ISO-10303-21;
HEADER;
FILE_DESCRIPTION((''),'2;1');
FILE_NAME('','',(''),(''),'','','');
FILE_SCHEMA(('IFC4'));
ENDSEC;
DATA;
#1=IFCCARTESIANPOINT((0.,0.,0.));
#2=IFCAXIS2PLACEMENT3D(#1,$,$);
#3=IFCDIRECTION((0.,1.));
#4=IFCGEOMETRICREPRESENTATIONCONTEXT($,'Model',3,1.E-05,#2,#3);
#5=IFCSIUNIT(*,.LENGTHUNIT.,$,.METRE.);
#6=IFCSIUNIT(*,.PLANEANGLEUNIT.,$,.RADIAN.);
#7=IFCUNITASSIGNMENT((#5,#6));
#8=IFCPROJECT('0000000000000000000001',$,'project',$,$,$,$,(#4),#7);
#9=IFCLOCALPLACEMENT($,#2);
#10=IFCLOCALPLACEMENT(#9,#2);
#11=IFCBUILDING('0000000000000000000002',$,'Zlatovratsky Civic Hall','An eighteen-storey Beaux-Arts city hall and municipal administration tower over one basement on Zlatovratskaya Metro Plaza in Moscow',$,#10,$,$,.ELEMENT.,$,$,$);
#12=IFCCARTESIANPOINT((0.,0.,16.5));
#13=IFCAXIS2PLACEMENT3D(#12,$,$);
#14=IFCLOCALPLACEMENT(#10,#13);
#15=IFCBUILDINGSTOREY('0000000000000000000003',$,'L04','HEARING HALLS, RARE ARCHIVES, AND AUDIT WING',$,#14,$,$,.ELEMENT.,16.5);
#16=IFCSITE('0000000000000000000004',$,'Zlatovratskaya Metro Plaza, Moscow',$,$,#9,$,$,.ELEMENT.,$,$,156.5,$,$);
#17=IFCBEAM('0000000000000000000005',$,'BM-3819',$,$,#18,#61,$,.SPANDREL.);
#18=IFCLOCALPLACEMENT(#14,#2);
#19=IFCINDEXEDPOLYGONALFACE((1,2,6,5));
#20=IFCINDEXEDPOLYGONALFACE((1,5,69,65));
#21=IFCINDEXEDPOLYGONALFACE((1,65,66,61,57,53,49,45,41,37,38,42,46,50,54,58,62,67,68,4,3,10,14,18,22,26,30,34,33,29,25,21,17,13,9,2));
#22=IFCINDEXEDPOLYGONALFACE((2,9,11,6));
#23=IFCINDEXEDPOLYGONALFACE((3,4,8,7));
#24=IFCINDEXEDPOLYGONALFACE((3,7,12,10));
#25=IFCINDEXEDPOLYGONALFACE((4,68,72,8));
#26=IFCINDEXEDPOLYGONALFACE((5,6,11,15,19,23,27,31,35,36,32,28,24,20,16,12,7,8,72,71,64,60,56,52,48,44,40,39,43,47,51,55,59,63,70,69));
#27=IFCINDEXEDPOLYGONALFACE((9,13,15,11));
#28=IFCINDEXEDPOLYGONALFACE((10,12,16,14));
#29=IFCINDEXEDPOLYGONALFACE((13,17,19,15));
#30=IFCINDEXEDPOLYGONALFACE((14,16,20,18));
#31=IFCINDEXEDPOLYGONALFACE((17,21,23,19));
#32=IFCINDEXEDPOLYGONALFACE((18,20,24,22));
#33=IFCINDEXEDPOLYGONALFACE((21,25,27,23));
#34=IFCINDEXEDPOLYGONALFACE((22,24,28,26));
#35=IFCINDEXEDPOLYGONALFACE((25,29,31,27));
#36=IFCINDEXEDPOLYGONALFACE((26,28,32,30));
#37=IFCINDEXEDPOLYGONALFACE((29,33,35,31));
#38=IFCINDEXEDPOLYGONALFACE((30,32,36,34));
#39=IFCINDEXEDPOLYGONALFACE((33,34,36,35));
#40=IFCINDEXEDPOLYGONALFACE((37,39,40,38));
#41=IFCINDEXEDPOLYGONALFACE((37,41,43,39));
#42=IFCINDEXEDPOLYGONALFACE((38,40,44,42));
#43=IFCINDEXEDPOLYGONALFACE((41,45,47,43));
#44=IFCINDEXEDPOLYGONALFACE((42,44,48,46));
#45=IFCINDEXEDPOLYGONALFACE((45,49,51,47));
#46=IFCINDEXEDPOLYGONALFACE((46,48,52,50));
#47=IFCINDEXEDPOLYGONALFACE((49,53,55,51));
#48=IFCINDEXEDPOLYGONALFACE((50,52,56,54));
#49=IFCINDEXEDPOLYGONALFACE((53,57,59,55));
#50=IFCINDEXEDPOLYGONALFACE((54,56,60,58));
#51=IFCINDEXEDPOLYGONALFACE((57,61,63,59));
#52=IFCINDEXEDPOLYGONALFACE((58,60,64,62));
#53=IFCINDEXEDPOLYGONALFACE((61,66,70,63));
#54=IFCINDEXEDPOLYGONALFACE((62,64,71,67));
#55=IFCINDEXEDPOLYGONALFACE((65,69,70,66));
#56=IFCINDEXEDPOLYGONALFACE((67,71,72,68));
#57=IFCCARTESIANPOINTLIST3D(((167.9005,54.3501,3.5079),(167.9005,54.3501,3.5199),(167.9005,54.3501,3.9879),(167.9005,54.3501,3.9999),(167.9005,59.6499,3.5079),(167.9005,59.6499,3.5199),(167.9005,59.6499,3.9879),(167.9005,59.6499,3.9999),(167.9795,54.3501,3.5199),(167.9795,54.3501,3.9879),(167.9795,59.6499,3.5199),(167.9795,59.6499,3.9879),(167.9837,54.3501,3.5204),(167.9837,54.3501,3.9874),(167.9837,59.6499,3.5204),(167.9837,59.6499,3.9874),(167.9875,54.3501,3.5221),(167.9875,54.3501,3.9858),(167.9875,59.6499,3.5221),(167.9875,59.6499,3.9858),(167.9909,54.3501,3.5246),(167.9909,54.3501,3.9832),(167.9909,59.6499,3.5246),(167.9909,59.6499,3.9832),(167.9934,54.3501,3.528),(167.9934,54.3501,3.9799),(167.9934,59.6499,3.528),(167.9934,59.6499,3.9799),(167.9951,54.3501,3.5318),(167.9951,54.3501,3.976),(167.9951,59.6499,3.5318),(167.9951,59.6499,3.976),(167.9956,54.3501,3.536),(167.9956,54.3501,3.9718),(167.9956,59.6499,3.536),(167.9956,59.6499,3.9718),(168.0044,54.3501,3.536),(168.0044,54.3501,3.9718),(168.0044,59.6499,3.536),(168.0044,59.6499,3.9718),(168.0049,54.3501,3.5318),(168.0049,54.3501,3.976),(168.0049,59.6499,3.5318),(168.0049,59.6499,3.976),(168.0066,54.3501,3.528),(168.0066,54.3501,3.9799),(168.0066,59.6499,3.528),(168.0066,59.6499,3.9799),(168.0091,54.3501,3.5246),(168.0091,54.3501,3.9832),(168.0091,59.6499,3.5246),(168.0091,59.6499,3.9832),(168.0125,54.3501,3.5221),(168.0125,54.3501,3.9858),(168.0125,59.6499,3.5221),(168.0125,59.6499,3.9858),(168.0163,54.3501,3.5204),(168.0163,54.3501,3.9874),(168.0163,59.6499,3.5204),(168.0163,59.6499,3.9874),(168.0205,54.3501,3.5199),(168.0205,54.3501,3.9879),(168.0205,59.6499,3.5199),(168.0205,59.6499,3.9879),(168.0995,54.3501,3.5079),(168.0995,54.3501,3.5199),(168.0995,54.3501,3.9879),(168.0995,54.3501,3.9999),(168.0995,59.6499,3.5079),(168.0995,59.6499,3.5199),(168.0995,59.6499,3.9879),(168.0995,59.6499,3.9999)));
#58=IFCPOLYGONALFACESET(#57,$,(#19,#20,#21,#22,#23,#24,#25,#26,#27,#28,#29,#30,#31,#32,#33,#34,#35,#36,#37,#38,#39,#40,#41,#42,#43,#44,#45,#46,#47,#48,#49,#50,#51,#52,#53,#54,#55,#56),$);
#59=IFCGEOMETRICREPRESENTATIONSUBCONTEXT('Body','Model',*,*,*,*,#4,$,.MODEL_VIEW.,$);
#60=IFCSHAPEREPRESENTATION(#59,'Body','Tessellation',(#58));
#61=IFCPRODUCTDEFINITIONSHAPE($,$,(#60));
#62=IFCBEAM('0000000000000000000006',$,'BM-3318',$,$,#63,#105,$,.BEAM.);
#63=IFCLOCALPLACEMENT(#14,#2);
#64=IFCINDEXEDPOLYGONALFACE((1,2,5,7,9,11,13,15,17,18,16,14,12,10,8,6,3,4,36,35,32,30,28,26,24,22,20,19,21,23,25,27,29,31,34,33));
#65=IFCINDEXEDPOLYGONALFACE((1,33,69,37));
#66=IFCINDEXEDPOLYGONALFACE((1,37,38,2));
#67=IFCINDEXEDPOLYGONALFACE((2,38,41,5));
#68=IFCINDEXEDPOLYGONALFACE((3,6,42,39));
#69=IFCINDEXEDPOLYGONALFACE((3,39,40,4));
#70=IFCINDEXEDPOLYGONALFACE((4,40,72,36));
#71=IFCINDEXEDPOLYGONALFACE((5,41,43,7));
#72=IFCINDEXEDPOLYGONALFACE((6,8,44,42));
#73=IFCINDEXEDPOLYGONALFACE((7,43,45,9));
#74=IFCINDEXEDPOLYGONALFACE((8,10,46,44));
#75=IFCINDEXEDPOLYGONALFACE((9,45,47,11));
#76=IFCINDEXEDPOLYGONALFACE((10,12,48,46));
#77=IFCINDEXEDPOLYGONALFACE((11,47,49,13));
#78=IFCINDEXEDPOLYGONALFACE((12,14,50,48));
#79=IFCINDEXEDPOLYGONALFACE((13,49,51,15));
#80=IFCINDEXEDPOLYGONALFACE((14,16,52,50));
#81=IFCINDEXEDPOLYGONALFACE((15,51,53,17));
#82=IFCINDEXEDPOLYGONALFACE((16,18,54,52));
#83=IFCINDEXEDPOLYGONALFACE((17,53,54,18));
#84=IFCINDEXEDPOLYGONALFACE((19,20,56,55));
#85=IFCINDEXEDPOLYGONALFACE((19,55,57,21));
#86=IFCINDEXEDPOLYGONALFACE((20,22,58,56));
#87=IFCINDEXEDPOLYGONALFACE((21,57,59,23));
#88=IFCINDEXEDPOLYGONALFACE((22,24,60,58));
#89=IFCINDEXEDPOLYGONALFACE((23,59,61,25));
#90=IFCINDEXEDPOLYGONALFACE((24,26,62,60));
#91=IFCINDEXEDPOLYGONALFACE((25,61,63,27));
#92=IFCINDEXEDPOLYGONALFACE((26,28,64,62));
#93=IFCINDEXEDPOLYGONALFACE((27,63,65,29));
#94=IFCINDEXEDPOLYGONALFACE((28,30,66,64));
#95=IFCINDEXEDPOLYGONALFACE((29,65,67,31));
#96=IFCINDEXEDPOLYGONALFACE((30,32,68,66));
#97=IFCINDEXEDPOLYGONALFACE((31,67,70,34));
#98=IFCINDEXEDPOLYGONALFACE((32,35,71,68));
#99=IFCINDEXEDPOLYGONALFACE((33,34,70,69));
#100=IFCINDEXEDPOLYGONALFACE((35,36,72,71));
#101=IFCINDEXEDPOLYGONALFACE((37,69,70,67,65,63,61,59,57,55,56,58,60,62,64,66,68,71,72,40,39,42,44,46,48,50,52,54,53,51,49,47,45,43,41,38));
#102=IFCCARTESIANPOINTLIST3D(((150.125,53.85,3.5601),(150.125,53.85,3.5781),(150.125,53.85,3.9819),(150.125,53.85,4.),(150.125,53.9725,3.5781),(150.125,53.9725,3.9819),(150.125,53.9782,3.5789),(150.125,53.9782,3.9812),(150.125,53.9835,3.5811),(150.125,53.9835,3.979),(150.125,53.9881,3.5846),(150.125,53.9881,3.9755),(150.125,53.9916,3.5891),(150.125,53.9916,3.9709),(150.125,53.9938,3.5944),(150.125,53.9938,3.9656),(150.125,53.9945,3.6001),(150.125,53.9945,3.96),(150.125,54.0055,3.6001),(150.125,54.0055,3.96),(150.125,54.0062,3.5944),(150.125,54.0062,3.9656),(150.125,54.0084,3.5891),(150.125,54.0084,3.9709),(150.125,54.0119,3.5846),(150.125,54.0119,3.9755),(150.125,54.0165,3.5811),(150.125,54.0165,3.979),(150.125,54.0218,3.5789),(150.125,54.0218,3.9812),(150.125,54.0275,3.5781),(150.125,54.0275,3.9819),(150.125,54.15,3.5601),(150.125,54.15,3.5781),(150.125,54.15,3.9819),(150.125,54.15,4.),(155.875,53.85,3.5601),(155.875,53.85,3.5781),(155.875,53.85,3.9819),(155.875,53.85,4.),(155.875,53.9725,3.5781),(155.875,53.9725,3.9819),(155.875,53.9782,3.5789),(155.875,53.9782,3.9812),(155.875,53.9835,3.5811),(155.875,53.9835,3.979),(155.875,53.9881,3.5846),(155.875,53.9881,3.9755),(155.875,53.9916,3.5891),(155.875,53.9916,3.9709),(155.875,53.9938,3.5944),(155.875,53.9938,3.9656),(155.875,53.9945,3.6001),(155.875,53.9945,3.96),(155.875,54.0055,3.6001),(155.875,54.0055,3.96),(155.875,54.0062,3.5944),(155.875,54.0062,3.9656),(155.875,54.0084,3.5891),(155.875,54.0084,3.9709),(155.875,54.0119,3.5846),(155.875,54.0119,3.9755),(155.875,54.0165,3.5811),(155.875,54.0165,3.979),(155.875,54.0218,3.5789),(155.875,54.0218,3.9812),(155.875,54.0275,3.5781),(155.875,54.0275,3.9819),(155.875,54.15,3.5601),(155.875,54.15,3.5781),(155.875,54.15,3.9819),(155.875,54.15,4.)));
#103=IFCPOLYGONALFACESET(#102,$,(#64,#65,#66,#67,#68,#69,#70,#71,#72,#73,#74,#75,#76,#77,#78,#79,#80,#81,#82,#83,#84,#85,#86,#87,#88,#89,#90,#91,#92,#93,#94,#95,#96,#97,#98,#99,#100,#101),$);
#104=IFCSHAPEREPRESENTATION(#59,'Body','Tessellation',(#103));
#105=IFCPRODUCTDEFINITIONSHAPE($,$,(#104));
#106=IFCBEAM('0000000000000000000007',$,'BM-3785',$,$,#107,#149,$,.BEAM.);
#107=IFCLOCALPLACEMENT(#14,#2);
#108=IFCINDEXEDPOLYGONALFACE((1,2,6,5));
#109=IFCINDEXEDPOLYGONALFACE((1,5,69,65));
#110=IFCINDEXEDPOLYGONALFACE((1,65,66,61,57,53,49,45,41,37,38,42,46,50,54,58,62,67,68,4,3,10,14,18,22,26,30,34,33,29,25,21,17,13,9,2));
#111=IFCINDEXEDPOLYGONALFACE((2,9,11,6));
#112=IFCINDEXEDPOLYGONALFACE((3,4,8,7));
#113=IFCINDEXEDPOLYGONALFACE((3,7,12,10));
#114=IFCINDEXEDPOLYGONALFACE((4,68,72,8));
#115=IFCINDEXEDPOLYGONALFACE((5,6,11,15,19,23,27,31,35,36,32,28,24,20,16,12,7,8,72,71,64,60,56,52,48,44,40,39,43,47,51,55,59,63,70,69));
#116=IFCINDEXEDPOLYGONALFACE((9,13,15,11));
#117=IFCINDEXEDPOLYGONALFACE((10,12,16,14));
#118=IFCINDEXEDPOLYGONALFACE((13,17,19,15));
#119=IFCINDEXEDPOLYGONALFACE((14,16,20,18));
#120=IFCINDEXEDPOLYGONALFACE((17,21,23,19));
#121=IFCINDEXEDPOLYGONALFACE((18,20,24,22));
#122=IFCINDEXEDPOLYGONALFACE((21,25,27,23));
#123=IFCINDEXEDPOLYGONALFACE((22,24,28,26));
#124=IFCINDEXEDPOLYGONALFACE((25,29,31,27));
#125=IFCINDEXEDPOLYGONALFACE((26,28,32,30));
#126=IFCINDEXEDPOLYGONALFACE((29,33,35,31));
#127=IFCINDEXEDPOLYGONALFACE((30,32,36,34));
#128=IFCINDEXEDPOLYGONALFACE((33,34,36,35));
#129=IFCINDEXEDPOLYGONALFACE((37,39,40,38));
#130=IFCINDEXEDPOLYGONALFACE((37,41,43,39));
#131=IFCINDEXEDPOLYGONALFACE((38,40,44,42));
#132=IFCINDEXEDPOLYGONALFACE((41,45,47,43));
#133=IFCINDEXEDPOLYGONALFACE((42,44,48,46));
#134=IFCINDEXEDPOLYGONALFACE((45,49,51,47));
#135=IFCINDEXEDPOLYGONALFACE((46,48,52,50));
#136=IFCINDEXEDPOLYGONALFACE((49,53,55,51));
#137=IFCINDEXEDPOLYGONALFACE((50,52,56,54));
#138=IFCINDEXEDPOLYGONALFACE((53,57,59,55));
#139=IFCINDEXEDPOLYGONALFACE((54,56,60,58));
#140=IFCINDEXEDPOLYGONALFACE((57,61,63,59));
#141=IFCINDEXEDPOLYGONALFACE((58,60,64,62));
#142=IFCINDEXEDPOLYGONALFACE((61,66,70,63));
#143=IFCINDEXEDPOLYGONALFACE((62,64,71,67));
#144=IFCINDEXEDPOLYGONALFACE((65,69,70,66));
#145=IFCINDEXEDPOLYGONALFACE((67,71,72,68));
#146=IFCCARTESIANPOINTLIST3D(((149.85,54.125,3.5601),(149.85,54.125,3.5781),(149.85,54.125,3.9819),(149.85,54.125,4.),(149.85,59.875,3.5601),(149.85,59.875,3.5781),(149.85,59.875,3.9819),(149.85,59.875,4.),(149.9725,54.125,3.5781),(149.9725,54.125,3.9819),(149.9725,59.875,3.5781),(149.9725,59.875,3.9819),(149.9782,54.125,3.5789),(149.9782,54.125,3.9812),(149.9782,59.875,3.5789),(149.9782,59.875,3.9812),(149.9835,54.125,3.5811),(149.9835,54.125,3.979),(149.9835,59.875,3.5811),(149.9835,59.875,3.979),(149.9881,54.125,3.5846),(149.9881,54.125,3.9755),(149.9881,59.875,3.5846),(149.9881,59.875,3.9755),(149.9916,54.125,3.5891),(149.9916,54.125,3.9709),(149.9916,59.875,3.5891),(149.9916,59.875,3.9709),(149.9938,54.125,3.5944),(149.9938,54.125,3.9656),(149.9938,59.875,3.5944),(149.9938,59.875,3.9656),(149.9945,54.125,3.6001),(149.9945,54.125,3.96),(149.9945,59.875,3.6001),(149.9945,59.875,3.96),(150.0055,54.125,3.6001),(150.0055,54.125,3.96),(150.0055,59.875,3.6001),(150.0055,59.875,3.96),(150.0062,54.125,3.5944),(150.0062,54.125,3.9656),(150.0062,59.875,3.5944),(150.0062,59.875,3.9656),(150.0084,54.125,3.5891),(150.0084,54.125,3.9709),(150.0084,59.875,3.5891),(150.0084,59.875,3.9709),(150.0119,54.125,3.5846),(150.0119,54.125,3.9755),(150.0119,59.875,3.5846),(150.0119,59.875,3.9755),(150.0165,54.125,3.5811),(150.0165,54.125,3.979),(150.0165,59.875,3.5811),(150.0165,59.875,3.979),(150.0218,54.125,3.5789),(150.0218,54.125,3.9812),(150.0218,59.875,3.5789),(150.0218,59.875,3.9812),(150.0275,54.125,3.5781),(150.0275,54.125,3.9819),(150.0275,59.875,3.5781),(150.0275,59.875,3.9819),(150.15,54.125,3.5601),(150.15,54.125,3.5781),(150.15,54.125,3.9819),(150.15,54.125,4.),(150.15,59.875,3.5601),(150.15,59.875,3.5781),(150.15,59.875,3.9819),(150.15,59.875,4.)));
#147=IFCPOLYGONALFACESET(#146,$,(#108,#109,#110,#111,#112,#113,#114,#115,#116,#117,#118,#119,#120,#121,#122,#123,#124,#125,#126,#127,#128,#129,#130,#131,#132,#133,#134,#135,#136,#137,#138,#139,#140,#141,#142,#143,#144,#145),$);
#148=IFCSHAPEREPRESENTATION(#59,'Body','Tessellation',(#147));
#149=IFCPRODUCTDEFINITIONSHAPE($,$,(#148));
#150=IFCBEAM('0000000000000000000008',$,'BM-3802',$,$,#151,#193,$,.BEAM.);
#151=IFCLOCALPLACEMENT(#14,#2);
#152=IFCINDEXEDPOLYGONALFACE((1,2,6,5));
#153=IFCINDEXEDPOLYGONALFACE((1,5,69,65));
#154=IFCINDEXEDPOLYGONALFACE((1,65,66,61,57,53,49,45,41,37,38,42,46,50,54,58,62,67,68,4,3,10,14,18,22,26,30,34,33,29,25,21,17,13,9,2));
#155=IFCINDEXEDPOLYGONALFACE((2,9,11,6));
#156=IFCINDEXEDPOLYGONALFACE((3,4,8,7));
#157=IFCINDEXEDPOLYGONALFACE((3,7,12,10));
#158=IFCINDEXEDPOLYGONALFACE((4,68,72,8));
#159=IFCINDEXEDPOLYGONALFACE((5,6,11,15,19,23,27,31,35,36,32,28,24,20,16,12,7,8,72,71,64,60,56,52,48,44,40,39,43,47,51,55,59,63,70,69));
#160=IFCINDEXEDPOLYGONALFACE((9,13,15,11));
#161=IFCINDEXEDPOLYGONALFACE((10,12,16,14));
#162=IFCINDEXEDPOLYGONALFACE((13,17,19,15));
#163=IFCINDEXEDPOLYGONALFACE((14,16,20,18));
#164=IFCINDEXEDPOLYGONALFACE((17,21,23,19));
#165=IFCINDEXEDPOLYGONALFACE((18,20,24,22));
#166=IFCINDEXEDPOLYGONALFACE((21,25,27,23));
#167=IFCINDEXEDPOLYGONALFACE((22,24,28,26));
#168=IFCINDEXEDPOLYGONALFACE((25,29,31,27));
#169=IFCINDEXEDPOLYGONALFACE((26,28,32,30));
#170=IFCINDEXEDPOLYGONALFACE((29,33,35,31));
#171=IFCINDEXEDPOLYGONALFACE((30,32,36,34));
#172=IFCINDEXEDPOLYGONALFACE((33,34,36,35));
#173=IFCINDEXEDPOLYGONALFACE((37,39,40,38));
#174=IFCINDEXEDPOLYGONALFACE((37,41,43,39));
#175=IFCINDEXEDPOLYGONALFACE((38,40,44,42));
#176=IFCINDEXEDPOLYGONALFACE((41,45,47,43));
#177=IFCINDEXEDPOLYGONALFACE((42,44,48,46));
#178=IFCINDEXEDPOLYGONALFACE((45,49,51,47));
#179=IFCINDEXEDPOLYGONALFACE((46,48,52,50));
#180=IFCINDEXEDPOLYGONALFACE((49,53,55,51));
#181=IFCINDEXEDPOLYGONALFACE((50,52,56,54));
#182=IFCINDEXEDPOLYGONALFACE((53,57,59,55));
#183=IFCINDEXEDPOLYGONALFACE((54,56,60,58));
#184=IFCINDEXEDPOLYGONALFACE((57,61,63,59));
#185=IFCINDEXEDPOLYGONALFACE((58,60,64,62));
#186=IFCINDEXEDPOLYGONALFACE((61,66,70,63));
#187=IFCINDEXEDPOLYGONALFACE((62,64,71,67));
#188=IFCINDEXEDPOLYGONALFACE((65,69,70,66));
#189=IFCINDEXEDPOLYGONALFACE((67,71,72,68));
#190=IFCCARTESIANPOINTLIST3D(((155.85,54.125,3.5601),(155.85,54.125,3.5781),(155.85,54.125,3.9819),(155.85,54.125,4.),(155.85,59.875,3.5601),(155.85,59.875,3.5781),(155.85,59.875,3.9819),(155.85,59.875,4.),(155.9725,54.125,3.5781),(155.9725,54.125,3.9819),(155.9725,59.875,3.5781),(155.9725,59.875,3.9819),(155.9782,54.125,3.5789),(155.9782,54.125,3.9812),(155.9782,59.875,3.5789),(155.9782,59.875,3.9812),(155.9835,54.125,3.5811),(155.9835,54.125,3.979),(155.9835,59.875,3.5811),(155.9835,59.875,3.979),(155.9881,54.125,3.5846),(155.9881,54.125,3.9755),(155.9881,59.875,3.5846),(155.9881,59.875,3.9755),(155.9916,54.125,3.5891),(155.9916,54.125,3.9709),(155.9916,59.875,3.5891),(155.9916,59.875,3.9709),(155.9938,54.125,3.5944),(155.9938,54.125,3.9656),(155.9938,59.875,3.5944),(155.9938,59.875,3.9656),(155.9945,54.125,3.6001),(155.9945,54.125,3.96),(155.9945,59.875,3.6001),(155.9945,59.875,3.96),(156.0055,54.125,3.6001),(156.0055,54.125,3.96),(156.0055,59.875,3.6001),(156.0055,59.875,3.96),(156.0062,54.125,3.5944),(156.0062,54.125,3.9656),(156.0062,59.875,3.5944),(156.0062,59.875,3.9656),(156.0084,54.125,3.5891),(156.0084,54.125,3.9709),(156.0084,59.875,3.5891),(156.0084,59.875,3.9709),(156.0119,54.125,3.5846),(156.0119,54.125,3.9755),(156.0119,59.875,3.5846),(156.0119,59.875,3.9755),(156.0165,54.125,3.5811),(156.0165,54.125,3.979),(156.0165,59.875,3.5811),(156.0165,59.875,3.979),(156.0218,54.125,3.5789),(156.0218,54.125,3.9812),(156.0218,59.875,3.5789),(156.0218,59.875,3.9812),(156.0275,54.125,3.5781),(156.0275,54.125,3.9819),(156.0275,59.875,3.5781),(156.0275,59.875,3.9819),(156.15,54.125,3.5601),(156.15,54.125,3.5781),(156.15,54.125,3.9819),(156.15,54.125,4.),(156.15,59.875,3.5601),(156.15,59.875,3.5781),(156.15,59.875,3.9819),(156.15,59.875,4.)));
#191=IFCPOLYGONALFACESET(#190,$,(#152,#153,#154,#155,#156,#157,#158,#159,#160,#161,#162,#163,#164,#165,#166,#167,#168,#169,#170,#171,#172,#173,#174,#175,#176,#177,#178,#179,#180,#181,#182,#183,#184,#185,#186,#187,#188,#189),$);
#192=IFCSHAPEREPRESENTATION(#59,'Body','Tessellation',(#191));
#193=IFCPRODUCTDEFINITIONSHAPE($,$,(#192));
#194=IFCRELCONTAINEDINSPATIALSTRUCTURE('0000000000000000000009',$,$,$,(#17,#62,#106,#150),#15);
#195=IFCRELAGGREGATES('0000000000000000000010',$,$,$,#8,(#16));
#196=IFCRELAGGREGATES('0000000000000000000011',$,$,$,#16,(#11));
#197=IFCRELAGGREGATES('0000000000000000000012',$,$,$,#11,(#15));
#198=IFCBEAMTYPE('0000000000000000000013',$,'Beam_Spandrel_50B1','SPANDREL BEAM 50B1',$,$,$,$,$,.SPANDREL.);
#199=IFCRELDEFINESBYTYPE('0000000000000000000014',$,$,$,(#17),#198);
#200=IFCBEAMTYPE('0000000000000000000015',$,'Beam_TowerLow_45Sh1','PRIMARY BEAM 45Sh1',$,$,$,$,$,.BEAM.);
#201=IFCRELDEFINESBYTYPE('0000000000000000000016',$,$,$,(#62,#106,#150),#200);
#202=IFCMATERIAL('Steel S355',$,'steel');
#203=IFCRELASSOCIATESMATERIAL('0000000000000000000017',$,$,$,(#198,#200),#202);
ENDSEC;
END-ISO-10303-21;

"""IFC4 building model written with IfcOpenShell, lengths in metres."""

from ifc_helpers import new_model, si_unit, direction, frame, origin, origin_2d, place, context, subcontext, project, spatial, i_section, extrude, material, material_profile, profile_set, type_object, element, save


model = new_model("IFC4")

# Units and contexts
model_context = context("Model", 3, precision=1e-05, world=origin(), true_north=direction((0.0, 1.0)))
body_context = subcontext(model_context, "Body", "Model", "MODEL_VIEW")
ifc_project = project(units=[si_unit("LENGTHUNIT", "METRE"), si_unit("PLANEANGLEUNIT", "RADIAN")], contexts=[model_context])

# Site, building, storey
site_placement = place(None, origin())
site = spatial("IfcSite", under=ifc_project, at=site_placement, Name="Zlatovratskaya Metro Plaza, Moscow", CompositionType="ELEMENT", RefElevation=156.5)
building_placement = place(site_placement, origin())
building = spatial("IfcBuilding", under=site, at=building_placement, Name="Zlatovratsky Civic Hall", Description="An eighteen-storey Beaux-Arts city hall and municipal administration tower over one basement on Zlatovratskaya Metro Plaza in Moscow", CompositionType="ELEMENT")
storey_placement = place(building_placement, frame((0.0, 0.0, 16.5)))
storey = spatial("IfcBuildingStorey", under=building, at=storey_placement, Name="L04", Description="HEARING HALLS, RARE ARCHIVES, AND AUDIT WING", CompositionType="ELEMENT", Elevation=16.5)

# Shared definitions
ifc_material_1 = material(Name="Steel S355", Category="steel")

# Beams
ifc_material_profile_1 = material_profile(ifc_material_1, i_section(OverallWidth=0.199, OverallDepth=0.4919, WebThickness=0.0088, FlangeThickness=0.012, FilletRadius=0.0161, at=origin_2d()), Name="50B1")
ifc_profile_set_1 = profile_set([ifc_material_profile_1], Name="Steel S355")
beam_type_1 = type_object("IfcBeamType", Name="Beam_Spandrel_50B1", Description="SPANDREL BEAM 50B1", PredefinedType="SPANDREL", material=ifc_profile_set_1)
beam_1_placement = place(storey_placement, frame((168.0, 54.3501, 3.7539), z_axis=(0.0, 1.0, 0.0), x_axis=(-1.0, 0.0, 0.0)))
element("IfcBeam", 1, at=beam_1_placement, inside=storey, type_object=beam_type_1, Name="BM-3819", PredefinedType="SPANDREL", context=body_context, shape_type="SweptSolid", body=[
    extrude(i_section(OverallWidth=0.199, OverallDepth=0.4919, WebThickness=0.0088, FlangeThickness=0.012, FilletRadius=0.0161, at=origin_2d()), origin(), (0.0, 0.0, 1.0), 5.2998),
])
ifc_material_profile_2 = material_profile(ifc_material_1, i_section(OverallWidth=0.3, OverallDepth=0.4399, WebThickness=0.011, FlangeThickness=0.0181, FilletRadius=0.022, at=origin_2d()), Name="45Sh1")
ifc_profile_set_2 = profile_set([ifc_material_profile_2], Name="Steel S355")
beam_type_2 = type_object("IfcBeamType", Name="Beam_TowerLow_45Sh1", Description="PRIMARY BEAM 45Sh1", PredefinedType="BEAM", material=ifc_profile_set_2)
for number, where, z_axis, x_axis, name in (
    (2, (150.125, 54.0, 3.78), (1.0, 0.0, 0.0), (0.0, 1.0, 0.0), "BM-3318"),
    (3, (150.0, 54.125, 3.78), (0.0, 1.0, 0.0), (-1.0, 0.0, 0.0), "BM-3785"),
    (4, (156.0, 54.125, 3.78), (0.0, 1.0, 0.0), (-1.0, 0.0, 0.0), "BM-3802"),
):
    element("IfcBeam", number, at=place(storey_placement, frame(where, z_axis=z_axis, x_axis=x_axis)), inside=storey, type_object=beam_type_2, Name=name, PredefinedType="BEAM", context=body_context, shape_type="SweptSolid", body=[
        extrude(i_section(OverallWidth=0.3, OverallDepth=0.4399, WebThickness=0.011, FlangeThickness=0.0181, FilletRadius=0.022, at=origin_2d()), origin(), (0.0, 0.0, 1.0), 5.75),
    ])

save(model, "model.ifc")
